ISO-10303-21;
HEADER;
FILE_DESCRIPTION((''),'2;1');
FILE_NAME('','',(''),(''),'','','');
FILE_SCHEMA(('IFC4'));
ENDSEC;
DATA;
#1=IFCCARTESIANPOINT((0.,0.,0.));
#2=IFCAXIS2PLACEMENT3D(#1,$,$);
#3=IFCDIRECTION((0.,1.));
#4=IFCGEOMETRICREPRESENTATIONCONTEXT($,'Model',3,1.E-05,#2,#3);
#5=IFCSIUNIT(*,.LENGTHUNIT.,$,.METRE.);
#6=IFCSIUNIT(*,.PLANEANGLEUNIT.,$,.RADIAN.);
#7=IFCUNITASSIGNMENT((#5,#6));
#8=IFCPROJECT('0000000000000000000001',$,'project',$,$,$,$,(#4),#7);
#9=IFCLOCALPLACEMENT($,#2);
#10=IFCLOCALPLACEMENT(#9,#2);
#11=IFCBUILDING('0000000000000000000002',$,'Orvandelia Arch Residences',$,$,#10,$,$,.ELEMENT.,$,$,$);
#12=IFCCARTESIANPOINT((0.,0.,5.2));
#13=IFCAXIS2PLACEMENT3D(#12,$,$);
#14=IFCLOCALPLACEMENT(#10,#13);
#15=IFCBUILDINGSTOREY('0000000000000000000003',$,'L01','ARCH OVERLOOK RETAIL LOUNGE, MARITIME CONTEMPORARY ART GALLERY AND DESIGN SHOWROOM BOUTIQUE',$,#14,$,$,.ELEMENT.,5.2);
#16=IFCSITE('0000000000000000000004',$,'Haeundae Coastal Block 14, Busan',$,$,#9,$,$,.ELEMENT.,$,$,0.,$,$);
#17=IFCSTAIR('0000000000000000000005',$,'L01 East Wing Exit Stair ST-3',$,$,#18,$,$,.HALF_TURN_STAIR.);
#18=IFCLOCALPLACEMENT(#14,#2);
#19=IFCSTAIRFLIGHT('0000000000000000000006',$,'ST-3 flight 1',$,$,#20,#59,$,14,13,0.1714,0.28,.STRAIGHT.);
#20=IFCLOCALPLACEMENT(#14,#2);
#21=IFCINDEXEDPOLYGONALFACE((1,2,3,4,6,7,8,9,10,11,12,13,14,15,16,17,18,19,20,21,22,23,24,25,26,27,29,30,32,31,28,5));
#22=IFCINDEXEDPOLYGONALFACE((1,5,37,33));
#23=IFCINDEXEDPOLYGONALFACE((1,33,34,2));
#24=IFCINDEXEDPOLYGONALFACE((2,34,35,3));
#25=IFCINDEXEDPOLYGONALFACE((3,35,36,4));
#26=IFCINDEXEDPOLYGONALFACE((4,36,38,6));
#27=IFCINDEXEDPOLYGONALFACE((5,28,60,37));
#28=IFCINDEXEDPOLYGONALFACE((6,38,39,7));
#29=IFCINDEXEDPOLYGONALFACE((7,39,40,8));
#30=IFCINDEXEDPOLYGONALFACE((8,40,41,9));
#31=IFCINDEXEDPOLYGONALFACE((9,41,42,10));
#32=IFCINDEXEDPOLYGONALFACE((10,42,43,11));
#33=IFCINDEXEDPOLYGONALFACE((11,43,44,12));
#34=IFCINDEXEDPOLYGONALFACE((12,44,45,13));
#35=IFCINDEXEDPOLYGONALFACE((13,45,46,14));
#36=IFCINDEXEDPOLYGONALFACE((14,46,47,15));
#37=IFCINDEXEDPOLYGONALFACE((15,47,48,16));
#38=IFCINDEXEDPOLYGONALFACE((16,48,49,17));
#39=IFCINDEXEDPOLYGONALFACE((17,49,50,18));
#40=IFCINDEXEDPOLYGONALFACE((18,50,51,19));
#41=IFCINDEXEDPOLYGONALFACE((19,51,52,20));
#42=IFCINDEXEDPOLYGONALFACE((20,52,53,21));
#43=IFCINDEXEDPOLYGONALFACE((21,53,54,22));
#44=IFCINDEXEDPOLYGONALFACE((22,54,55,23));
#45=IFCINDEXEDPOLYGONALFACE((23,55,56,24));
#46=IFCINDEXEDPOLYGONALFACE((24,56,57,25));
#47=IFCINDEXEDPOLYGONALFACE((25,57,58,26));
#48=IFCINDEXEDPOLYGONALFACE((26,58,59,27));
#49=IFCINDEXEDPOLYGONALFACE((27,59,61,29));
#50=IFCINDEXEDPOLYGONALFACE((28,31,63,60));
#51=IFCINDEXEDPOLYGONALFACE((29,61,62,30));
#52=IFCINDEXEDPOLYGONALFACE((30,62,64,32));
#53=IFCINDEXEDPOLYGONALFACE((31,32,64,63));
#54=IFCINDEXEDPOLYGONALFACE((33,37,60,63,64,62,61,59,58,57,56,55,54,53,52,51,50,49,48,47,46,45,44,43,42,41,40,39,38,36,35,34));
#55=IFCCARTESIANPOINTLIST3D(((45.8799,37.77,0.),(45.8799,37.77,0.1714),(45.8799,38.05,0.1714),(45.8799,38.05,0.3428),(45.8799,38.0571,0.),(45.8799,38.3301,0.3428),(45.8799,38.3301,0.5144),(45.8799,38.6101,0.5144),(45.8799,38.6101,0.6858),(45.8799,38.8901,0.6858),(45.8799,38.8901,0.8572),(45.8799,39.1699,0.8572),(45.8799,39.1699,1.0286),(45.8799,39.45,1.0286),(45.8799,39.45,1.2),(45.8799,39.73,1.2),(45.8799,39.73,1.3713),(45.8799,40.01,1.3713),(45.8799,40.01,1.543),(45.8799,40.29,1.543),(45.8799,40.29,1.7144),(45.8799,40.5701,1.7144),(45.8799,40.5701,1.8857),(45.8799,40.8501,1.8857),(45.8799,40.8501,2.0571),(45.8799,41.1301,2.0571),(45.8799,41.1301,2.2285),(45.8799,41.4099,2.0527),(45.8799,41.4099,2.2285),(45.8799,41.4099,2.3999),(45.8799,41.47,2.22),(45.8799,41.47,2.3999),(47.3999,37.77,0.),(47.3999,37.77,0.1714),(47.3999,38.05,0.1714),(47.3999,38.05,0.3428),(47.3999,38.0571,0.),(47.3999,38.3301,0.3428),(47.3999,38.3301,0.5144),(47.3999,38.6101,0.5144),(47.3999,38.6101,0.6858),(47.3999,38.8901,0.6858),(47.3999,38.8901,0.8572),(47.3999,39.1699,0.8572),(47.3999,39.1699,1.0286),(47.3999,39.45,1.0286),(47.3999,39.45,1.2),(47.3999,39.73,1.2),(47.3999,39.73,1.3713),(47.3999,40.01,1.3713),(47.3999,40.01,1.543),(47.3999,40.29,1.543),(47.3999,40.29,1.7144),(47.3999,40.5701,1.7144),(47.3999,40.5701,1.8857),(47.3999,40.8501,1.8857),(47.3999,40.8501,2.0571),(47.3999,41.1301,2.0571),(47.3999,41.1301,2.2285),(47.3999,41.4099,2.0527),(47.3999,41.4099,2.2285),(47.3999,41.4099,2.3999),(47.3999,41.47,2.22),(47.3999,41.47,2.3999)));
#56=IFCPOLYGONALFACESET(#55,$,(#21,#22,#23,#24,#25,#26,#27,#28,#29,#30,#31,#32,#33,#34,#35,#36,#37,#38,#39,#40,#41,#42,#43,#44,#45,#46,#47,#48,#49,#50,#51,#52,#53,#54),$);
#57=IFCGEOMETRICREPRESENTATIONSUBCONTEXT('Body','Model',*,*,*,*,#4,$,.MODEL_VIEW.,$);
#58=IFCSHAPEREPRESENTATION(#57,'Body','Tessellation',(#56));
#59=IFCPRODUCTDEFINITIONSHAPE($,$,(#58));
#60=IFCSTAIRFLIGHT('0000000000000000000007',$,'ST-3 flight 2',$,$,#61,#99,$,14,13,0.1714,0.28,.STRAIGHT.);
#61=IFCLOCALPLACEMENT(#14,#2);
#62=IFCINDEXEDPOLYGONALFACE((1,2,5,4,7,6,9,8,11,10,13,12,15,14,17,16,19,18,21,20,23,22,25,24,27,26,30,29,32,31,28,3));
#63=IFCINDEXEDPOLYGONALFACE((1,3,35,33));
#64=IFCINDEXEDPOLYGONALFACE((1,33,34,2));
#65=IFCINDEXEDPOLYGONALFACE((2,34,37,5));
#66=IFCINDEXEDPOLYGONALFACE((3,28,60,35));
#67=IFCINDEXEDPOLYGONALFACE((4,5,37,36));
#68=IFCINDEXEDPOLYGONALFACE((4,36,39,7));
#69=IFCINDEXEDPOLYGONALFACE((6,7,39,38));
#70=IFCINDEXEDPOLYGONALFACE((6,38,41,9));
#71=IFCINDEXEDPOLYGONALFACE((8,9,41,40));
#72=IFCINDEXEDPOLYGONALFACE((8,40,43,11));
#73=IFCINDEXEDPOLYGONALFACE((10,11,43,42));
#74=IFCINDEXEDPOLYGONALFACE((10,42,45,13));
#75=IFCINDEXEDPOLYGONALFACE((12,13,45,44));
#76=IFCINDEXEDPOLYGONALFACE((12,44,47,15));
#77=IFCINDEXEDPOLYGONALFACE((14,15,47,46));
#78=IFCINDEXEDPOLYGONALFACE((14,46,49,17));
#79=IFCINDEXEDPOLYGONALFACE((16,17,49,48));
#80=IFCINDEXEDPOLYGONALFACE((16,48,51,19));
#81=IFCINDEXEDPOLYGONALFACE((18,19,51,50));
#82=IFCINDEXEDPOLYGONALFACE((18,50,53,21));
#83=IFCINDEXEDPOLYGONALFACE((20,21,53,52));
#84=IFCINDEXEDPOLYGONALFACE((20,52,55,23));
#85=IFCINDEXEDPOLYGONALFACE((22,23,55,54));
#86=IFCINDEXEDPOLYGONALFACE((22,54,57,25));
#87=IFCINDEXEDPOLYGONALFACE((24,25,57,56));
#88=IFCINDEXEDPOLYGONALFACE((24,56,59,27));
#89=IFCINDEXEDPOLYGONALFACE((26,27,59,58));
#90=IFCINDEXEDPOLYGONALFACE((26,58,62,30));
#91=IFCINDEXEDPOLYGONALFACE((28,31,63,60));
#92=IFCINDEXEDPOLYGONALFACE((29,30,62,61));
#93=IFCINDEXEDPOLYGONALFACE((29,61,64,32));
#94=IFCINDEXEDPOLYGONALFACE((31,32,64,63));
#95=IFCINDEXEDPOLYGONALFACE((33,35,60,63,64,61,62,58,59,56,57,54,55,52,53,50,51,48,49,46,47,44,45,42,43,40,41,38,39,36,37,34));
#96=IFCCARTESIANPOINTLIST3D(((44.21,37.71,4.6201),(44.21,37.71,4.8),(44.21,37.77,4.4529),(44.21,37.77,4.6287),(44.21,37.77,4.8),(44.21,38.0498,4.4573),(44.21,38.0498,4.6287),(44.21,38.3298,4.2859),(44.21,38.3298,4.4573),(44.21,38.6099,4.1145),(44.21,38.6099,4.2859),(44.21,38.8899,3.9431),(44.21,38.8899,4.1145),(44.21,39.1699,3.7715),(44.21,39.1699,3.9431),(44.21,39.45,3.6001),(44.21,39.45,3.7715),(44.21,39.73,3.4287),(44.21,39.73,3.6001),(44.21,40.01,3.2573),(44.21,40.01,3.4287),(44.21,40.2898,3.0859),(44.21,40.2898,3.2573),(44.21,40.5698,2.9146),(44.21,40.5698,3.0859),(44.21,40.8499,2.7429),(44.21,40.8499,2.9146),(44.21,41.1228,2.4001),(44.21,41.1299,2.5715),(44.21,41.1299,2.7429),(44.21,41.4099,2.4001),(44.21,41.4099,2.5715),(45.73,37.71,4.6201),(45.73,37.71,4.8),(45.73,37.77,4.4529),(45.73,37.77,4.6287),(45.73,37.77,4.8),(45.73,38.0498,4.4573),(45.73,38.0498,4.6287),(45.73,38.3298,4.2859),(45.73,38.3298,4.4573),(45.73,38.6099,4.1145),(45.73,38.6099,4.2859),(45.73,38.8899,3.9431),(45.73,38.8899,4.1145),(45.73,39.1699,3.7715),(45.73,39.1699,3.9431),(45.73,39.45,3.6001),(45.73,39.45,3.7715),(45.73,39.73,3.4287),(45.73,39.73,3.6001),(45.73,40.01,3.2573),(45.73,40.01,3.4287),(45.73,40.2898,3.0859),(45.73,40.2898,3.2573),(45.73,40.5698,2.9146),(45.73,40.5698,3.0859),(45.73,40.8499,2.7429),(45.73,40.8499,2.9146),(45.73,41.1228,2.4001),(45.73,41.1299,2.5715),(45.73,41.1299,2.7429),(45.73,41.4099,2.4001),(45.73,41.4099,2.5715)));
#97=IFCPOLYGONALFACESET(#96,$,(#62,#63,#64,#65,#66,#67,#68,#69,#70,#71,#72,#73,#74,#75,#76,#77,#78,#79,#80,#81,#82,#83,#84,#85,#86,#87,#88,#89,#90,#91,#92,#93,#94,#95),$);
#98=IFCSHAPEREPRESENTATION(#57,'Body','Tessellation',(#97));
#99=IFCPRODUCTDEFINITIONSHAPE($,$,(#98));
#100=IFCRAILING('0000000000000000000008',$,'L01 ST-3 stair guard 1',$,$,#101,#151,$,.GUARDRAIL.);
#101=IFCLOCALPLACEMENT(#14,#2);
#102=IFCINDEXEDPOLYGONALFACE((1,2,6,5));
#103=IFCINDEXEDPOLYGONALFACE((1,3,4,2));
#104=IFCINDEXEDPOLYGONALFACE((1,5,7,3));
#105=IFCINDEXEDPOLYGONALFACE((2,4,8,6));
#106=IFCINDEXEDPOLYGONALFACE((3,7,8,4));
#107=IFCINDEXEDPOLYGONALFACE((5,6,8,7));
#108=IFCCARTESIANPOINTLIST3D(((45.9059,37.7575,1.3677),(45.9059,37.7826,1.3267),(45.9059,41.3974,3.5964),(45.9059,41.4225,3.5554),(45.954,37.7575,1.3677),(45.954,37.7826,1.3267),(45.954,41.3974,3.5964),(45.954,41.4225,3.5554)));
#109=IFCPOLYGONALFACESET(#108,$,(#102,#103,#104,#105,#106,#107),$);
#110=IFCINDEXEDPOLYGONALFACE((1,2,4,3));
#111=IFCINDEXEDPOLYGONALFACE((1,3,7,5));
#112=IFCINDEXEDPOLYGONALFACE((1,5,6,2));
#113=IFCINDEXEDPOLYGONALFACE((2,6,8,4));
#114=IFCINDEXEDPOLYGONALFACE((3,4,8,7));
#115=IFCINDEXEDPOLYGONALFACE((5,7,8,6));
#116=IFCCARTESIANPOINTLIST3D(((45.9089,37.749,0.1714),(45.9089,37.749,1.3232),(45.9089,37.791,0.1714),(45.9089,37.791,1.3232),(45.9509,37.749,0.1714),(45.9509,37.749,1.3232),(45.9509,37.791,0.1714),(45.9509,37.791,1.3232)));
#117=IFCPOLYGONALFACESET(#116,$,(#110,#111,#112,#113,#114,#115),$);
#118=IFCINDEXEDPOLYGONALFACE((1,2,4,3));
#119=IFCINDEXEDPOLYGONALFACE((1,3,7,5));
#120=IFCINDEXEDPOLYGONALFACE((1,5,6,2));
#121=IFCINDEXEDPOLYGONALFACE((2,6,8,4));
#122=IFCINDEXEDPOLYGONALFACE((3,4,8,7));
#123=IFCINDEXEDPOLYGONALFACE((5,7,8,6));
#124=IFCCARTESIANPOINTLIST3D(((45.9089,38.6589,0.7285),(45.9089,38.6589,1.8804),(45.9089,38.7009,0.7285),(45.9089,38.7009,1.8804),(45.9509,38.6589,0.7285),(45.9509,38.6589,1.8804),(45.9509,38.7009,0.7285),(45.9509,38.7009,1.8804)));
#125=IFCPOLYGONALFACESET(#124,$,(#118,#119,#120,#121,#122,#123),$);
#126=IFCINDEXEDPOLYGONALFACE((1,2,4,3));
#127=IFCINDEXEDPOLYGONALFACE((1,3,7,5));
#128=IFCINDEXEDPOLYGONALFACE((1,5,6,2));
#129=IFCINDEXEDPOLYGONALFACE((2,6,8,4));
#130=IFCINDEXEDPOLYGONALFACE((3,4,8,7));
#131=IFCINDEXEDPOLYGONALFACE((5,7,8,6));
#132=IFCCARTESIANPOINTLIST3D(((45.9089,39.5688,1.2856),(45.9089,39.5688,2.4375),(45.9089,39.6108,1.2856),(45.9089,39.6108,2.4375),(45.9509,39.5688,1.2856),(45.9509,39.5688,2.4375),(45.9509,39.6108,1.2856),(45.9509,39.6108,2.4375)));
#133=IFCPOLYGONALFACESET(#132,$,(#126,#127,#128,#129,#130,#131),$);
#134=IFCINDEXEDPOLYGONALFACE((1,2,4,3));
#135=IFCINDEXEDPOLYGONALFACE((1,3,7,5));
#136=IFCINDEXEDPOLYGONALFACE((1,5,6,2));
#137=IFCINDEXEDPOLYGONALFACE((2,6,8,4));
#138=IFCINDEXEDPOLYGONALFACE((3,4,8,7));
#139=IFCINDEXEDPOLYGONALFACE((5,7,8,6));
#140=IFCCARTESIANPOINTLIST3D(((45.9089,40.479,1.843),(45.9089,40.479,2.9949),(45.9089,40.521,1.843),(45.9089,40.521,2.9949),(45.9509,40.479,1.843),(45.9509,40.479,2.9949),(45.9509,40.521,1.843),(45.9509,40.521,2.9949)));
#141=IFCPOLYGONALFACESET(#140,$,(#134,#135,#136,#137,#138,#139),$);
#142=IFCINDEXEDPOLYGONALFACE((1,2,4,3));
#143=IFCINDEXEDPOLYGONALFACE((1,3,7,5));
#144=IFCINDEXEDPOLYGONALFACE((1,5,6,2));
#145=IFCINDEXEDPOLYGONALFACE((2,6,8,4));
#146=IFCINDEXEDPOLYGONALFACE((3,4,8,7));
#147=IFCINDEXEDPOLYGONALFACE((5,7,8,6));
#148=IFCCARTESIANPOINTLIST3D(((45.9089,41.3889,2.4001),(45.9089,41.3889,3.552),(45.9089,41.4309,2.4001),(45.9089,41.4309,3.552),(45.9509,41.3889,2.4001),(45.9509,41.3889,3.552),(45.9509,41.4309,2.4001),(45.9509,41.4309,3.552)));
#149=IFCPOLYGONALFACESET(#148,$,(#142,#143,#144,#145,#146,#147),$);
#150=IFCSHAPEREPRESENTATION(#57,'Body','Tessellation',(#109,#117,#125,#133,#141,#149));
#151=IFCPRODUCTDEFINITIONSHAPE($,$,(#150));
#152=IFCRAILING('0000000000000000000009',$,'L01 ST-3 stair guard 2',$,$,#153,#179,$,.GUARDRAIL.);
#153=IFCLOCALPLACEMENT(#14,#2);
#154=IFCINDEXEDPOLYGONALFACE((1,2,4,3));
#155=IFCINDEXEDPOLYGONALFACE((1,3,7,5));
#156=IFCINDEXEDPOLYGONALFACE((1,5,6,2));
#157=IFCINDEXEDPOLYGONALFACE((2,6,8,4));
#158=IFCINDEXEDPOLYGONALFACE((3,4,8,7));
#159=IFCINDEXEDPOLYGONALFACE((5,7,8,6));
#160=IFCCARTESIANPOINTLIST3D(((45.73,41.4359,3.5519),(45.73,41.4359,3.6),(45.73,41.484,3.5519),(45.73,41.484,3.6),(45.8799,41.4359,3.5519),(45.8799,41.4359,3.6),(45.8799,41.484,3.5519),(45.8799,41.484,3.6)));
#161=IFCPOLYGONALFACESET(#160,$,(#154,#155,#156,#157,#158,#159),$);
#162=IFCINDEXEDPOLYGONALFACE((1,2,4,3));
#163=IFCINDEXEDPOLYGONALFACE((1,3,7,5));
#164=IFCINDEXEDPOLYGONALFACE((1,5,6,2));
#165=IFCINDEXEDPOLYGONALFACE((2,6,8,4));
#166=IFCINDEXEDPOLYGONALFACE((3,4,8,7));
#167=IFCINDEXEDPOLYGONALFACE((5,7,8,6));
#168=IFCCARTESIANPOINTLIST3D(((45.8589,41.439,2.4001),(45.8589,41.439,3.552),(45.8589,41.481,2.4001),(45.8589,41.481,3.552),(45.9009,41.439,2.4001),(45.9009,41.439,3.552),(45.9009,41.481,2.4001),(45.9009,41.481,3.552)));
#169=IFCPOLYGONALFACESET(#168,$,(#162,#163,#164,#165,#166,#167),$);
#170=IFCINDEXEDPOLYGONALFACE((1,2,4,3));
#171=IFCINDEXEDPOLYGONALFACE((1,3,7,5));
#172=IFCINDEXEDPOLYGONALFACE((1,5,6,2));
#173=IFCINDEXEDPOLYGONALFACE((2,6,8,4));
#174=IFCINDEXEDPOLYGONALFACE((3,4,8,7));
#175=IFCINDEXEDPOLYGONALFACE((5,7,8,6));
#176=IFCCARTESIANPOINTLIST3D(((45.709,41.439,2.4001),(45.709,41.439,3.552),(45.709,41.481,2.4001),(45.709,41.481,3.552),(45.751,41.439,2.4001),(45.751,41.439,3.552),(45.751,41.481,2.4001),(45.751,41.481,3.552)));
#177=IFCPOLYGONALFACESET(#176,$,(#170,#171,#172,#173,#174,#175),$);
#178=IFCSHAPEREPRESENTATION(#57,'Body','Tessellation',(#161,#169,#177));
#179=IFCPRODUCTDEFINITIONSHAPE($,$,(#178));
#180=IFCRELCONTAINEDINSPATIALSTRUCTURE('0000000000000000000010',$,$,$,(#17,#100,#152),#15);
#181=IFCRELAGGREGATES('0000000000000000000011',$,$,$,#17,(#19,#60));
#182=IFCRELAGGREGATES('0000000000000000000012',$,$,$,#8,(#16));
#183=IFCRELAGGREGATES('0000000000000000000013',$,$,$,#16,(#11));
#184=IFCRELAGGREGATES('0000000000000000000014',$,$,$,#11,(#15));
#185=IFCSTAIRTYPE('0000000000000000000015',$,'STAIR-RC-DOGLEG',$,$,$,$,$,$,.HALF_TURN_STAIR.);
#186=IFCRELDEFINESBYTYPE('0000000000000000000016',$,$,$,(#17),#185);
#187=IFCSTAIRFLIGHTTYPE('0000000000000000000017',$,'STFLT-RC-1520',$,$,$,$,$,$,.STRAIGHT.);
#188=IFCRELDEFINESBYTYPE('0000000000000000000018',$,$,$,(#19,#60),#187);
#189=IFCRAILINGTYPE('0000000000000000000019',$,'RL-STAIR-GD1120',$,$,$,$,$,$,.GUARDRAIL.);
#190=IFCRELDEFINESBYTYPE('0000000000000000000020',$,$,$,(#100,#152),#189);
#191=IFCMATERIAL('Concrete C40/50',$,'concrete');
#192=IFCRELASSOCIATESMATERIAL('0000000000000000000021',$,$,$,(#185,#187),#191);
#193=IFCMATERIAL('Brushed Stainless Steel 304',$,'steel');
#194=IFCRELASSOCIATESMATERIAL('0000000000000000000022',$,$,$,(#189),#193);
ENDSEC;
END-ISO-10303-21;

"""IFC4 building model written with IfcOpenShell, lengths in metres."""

from ifc_helpers import new_model, si_unit, direction, frame, origin, origin_2d, place, context, subcontext, project, spatial, polyline, rectangle, outline, extrude, material, type_object, element, aggregate, save


model = new_model("IFC4")

# Units and contexts
model_context = context("Model", 3, precision=1e-05, world=origin(), true_north=direction((0.0, 1.0)))
body_context = subcontext(model_context, "Body", "Model", "MODEL_VIEW")
ifc_project = project(units=[si_unit("LENGTHUNIT", "METRE"), si_unit("PLANEANGLEUNIT", "RADIAN")], contexts=[model_context])

# Site, building, storey
site_placement = place(None, origin())
site = spatial("IfcSite", under=ifc_project, at=site_placement, Name="Haeundae Coastal Block 14, Busan", CompositionType="ELEMENT", RefElevation=0.0)
building_placement = place(site_placement, origin())
building = spatial("IfcBuilding", under=site, at=building_placement, Name="Orvandelia Arch Residences", CompositionType="ELEMENT")
storey_placement = place(building_placement, frame((0.0, 0.0, 5.2)))
storey = spatial("IfcBuildingStorey", under=building, at=storey_placement, Name="L01", Description="ARCH OVERLOOK RETAIL LOUNGE, MARITIME CONTEMPORARY ART GALLERY AND DESIGN SHOWROOM BOUTIQUE", CompositionType="ELEMENT", Elevation=5.2)

# Stair, stair flights
ifc_material_1 = material(Name="Concrete C40/50", Category="concrete")
stair_type = type_object("IfcStairType", Name="STAIR-RC-DOGLEG", PredefinedType="HALF_TURN_STAIR", material=ifc_material_1)
stair_placement = place(storey_placement, origin())
stair = element("IfcStair", 1, at=stair_placement, inside=storey, type_object=stair_type, Name="L01 East Wing Exit Stair ST-3", PredefinedType="HALF_TURN_STAIR")
stair_flight_type = type_object("IfcStairFlightType", Name="STFLT-RC-1520", PredefinedType="STRAIGHT", material=ifc_material_1)
stair_flight_1_placement = place(storey_placement, frame((46.6399, 37.77, 0.0), z_axis=(0.0, 0.0, 1.0), x_axis=(0.0, 1.0, 0.0)))
stair_flight_1 = element("IfcStairFlight", 2, at=stair_flight_1_placement, type_object=stair_flight_type, Name="ST-3 flight 1", NumberOfRisers=14, NumberOfTreads=13, PredefinedType="STRAIGHT", RiserHeight=0.1714, TreadLength=0.28, context=body_context, shape_type="SweptSolid", body=[
    extrude(outline(polyline([(0.0, 0.0), (0.0, 0.1714), (0.28, 0.1714), (0.28, 0.3428), (0.5601, 0.3428), (0.5601, 0.5144), (0.8401, 0.5144), (0.8401, 0.6858), (1.1201, 0.6858), (1.1201, 0.8572), (1.3999, 0.8572), (1.3999, 1.0286), (1.6799, 1.0286), (1.6799, 1.2), (1.96, 1.2), (1.96, 1.3713), (2.24, 1.3713), (2.24, 1.543), (2.52, 1.543), (2.52, 1.7144), (2.8, 1.7144), (2.8, 1.8857), (3.0801, 1.8857), (3.0801, 2.0571), (3.3601, 2.0571), (3.3601, 2.2285), (3.6399, 2.2285), (3.6399, 2.3999), (3.7, 2.3999), (3.7, 2.22), (3.6399, 2.0527), (0.2871, 0.0), (0.0, 0.0)])), frame((0.0, 0.76, 0.0), z_axis=(0.0, -1.0, 0.0), x_axis=(1.0, 0.0, 0.0)), (0.0, 0.0, 1.0), 1.52),
])
stair_flight_2_placement = place(storey_placement, frame((44.97, 41.4099, 2.4001), z_axis=(0.0, 0.0, 1.0), x_axis=(0.0, -1.0, 0.0)))
stair_flight_2 = element("IfcStairFlight", 3, at=stair_flight_2_placement, type_object=stair_flight_type, Name="ST-3 flight 2", NumberOfRisers=14, NumberOfTreads=13, PredefinedType="STRAIGHT", RiserHeight=0.1714, TreadLength=0.28, context=body_context, shape_type="SweptSolid", body=[
    extrude(outline(polyline([(0.0, 0.0), (0.0, 0.1714), (0.28, 0.1714), (0.28, 0.3428), (0.5601, 0.3428), (0.5601, 0.5144), (0.8401, 0.5144), (0.8401, 0.6858), (1.1201, 0.6858), (1.1201, 0.8572), (1.3999, 0.8572), (1.3999, 1.0286), (1.6799, 1.0286), (1.6799, 1.2), (1.96, 1.2), (1.96, 1.3713), (2.24, 1.3713), (2.24, 1.543), (2.52, 1.543), (2.52, 1.7144), (2.8, 1.7144), (2.8, 1.8857), (3.0801, 1.8857), (3.0801, 2.0571), (3.3601, 2.0571), (3.3601, 2.2285), (3.6399, 2.2285), (3.6399, 2.3999), (3.7, 2.3999), (3.7, 2.22), (3.6399, 2.0527), (0.2871, 0.0), (0.0, 0.0)])), frame((0.0, 0.76, 0.0), z_axis=(0.0, -1.0, 0.0), x_axis=(1.0, 0.0, 0.0)), (0.0, 0.0, 1.0), 1.52),
])
aggregate(stair, [stair_flight_1, stair_flight_2])

# Railings
ifc_material_2 = material(Name="Brushed Stainless Steel 304", Category="steel")
railing_type_1 = type_object("IfcRailingType", Name="RL-STAIR-GD1120", PredefinedType="GUARDRAIL", material=ifc_material_2)
railing_1_placement = place(storey_placement, frame((45.9299, 37.77, 0.1714)))
element("IfcRailing", 4, at=railing_1_placement, inside=storey, type_object=railing_type_1, Name="L01 ST-3 stair guard 1", PredefinedType="GUARDRAIL", context=body_context, shape_type="SweptSolid", body=[
    extrude(rectangle(XDim=0.0481, YDim=0.0481, at=origin_2d()), frame((0.0, 0.0, 1.1758), z_axis=(0.0, 0.852825, 0.522197), x_axis=(-1.0, 0.0, 0.0)), (0.0, 0.0, 1.0), 4.2681),
    extrude(rectangle(XDim=0.042, YDim=0.042, at=origin_2d()), origin(), (0.0, 0.0, 1.0), 1.1519),
    extrude(rectangle(XDim=0.042, YDim=0.042, at=origin_2d()), frame((0.0, 0.9099, 0.5571)), (0.0, 0.0, 1.0), 1.1519),
    extrude(rectangle(XDim=0.042, YDim=0.042, at=origin_2d()), frame((0.0, 1.8198, 1.1143)), (0.0, 0.0, 1.0), 1.1519),
    extrude(rectangle(XDim=0.042, YDim=0.042, at=origin_2d()), frame((0.0, 2.73, 1.6716)), (0.0, 0.0, 1.0), 1.1519),
    extrude(rectangle(XDim=0.042, YDim=0.042, at=origin_2d()), frame((0.0, 3.6399, 2.2288)), (0.0, 0.0, 1.0), 1.1519),
])
railing_2_placement = place(storey_placement, frame((45.8799, 41.46, 2.4001)))
element("IfcRailing", 5, at=railing_2_placement, inside=storey, type_object=railing_type_1, Name="L01 ST-3 stair guard 2", PredefinedType="GUARDRAIL", context=body_context, shape_type="SweptSolid", body=[
    extrude(rectangle(XDim=0.0481, YDim=0.0481, at=origin_2d()), frame((0.0, 0.0, 1.1758), z_axis=(-1.0, 0.0, 0.0), x_axis=(0.0, -1.0, 0.0)), (0.0, 0.0, 1.0), 0.1499),
    extrude(rectangle(XDim=0.042, YDim=0.042, at=origin_2d()), origin(), (0.0, 0.0, 1.0), 1.1519),
    extrude(rectangle(XDim=0.042, YDim=0.042, at=origin_2d()), frame((-0.1499, 0.0, 0.0)), (0.0, 0.0, 1.0), 1.1519),
])

save(model, "model.ifc")
